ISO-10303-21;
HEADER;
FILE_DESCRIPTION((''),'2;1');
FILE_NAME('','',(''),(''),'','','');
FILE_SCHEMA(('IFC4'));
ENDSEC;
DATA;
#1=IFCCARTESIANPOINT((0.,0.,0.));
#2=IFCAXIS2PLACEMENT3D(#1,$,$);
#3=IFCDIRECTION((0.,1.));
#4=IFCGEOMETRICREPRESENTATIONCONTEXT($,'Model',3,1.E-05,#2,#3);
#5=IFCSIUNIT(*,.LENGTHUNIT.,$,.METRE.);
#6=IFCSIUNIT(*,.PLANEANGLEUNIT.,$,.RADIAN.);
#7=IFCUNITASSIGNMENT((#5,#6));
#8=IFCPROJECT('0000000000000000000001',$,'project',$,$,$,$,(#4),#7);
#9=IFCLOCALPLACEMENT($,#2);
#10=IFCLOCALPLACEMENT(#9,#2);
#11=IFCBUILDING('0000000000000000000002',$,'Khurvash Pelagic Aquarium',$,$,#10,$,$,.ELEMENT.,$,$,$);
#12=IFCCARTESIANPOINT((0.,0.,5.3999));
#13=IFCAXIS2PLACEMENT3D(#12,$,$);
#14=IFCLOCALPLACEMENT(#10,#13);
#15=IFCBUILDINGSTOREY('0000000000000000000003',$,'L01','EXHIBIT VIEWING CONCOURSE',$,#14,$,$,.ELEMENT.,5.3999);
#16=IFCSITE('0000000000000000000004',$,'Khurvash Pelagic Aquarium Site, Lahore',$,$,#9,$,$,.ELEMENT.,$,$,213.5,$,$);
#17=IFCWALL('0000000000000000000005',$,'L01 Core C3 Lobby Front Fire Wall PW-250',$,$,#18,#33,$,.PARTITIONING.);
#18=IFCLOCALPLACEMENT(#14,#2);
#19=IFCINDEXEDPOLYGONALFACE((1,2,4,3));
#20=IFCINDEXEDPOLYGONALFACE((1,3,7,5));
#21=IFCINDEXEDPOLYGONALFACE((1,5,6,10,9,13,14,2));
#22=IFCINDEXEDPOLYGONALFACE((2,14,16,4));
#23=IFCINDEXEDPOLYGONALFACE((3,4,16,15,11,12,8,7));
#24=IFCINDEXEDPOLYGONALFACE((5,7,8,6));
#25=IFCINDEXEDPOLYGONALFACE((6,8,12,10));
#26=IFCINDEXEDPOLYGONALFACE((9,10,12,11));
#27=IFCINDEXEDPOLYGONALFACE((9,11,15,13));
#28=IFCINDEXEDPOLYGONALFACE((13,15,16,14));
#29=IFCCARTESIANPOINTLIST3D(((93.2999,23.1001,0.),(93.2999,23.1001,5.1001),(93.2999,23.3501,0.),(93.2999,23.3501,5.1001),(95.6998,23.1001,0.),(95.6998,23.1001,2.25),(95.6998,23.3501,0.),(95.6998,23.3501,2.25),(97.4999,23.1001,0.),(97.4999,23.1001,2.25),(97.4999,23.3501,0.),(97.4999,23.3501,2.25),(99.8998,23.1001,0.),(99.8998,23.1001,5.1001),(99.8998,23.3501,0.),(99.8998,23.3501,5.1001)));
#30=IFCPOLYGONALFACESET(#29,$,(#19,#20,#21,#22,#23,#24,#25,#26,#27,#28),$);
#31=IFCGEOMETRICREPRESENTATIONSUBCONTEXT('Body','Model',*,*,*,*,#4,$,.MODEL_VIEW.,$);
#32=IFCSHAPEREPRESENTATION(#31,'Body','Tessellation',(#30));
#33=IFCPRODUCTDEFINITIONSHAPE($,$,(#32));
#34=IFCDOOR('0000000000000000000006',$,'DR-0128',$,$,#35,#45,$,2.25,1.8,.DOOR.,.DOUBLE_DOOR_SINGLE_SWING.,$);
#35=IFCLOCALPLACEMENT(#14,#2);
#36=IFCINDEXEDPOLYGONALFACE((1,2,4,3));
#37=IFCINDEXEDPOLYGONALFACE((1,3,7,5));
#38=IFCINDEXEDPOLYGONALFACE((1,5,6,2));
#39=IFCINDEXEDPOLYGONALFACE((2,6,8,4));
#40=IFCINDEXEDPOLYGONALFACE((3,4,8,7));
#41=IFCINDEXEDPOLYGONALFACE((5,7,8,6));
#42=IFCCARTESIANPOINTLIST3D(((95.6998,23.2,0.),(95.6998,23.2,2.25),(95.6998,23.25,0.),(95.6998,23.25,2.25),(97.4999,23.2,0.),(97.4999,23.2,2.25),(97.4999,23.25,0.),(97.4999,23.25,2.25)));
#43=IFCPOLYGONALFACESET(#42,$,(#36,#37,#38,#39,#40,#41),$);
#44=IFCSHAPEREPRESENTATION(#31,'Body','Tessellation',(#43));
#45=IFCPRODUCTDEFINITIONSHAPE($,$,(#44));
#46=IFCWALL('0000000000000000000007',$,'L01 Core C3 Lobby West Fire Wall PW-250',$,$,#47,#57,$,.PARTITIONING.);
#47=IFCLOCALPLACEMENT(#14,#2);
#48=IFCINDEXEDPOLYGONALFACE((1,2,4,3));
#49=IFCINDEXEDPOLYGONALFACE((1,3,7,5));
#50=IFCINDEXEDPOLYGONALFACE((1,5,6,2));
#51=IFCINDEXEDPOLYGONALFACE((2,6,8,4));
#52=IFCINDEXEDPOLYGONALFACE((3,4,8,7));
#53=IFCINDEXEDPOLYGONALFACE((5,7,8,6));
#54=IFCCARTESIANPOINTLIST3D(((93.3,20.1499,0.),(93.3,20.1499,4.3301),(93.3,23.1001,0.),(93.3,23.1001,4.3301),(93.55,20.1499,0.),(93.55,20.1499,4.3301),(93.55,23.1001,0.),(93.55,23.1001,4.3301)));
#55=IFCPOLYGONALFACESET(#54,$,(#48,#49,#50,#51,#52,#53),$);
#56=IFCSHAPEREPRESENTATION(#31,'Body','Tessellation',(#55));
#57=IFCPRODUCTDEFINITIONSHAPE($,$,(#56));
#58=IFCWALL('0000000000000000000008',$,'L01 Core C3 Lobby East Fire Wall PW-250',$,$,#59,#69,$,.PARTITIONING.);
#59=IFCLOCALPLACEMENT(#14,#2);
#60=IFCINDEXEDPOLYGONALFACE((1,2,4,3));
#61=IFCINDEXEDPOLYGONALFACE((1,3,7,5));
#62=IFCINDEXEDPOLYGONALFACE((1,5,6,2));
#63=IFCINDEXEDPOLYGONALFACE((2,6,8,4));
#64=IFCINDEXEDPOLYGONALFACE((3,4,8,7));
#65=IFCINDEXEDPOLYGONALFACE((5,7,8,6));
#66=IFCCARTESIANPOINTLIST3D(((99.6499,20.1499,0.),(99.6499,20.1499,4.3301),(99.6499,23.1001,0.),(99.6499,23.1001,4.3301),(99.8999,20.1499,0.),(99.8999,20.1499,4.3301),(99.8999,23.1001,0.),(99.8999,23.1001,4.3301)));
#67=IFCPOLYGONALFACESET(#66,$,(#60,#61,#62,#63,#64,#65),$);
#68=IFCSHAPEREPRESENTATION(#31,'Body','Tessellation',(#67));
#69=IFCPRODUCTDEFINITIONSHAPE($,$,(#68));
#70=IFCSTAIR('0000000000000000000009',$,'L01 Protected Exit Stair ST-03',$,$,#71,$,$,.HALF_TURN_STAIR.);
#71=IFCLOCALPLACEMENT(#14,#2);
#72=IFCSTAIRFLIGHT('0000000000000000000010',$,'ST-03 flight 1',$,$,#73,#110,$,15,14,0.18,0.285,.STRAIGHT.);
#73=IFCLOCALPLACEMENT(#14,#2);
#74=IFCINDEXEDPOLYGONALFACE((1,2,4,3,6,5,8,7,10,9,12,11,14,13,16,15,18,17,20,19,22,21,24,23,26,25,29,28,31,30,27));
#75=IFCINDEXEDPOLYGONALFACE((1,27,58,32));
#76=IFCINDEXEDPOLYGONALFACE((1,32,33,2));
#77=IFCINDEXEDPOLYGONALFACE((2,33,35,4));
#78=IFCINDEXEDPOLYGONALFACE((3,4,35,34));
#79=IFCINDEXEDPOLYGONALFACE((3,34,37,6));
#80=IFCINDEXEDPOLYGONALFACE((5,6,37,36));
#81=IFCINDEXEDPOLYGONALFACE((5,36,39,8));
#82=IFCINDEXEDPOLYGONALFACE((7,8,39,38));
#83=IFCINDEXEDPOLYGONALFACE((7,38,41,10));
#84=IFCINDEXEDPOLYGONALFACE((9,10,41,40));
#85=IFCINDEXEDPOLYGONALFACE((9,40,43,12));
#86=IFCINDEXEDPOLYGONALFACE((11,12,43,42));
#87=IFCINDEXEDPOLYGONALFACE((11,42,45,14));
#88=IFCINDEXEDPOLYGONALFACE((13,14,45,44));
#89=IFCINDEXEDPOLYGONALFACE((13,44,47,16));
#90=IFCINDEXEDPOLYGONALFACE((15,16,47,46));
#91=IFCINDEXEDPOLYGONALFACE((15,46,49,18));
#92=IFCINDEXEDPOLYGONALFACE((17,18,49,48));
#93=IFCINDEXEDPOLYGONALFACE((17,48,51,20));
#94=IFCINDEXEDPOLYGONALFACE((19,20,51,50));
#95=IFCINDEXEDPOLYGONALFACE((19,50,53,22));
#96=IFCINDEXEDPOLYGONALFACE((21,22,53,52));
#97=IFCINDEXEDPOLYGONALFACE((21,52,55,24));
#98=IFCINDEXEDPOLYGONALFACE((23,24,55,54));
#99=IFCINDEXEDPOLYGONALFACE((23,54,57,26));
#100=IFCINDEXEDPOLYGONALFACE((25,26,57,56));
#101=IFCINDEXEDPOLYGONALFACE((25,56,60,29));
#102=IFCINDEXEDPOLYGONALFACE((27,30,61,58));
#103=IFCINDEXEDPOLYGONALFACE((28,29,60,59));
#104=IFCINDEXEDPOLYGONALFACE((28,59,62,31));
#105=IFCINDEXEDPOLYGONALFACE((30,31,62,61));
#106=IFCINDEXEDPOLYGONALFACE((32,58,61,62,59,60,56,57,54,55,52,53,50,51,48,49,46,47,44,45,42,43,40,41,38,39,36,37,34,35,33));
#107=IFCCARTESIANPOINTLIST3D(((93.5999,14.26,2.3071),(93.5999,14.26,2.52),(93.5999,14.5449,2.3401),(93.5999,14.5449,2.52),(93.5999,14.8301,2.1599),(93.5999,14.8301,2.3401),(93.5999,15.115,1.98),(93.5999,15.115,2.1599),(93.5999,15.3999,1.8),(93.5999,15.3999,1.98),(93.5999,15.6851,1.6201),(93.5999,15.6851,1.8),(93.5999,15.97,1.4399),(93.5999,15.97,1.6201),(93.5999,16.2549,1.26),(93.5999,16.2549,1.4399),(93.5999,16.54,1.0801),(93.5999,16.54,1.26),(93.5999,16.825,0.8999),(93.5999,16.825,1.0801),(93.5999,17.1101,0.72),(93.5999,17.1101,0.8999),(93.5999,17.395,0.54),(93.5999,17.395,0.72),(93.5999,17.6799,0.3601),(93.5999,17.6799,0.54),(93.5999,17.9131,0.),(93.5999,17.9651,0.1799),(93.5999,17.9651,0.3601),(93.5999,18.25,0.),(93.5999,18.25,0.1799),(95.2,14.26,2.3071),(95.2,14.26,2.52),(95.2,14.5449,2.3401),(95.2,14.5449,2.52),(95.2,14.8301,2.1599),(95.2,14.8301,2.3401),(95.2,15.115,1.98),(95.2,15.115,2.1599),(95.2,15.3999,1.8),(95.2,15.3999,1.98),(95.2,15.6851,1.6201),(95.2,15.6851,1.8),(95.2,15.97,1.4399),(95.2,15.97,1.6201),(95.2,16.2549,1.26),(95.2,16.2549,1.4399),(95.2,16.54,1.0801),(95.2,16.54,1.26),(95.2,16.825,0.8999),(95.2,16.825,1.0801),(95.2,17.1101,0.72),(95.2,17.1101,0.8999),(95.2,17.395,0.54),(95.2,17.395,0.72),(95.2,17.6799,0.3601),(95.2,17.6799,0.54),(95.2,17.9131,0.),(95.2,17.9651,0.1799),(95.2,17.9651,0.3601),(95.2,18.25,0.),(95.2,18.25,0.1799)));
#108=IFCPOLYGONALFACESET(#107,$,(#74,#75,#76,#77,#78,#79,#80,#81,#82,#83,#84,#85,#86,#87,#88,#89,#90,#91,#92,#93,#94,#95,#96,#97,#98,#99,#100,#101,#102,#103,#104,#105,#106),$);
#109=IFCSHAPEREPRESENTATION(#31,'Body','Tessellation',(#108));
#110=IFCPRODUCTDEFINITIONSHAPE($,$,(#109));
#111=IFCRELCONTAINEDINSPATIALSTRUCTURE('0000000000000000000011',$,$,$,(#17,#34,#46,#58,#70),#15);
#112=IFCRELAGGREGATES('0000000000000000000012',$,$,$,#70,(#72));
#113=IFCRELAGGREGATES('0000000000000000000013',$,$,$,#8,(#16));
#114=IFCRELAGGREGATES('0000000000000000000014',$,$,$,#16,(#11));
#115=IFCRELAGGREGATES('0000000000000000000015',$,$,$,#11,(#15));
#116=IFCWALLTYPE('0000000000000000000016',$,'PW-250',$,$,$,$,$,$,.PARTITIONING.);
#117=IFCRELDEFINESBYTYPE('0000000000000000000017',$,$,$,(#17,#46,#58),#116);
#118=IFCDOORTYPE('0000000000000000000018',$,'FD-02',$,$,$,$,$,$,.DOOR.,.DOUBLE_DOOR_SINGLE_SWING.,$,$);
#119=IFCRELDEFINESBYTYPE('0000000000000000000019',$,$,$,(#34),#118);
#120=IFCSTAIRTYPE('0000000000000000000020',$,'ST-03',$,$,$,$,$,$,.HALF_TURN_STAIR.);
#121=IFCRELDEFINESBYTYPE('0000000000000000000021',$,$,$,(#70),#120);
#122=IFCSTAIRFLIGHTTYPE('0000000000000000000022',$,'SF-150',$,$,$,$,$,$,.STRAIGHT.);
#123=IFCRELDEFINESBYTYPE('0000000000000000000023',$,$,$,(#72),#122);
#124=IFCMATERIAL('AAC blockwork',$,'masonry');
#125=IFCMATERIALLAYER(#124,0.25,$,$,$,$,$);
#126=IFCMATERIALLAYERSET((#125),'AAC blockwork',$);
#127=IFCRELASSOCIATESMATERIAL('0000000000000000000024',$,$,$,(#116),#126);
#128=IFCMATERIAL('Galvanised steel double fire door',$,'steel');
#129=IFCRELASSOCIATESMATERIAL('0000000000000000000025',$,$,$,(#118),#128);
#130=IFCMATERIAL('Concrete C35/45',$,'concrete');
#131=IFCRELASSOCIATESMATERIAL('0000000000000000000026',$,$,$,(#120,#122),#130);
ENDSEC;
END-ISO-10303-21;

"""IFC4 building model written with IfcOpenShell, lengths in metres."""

from ifc_helpers import new_model, si_unit, direction, frame, frame_2d, origin, place, context, subcontext, project, spatial, polyline, rectangle, outline, extrude, material, layer, layer_set, type_object, element, fill, aggregate, save


model = new_model("IFC4")

# Units and contexts
model_context = context("Model", 3, precision=1e-05, world=origin(), true_north=direction((0.0, 1.0)))
body_context = subcontext(model_context, "Body", "Model", "MODEL_VIEW")
ifc_project = project(units=[si_unit("LENGTHUNIT", "METRE"), si_unit("PLANEANGLEUNIT", "RADIAN")], contexts=[model_context])

# Site, building, storey
site_placement = place(None, origin())
site = spatial("IfcSite", under=ifc_project, at=site_placement, Name="Khurvash Pelagic Aquarium Site, Lahore", CompositionType="ELEMENT", RefElevation=213.5)
building_placement = place(site_placement, origin())
building = spatial("IfcBuilding", under=site, at=building_placement, Name="Khurvash Pelagic Aquarium", CompositionType="ELEMENT")
storey_placement = place(building_placement, frame((0.0, 0.0, 5.3999)))
storey = spatial("IfcBuildingStorey", under=building, at=storey_placement, Name="L01", Description="EXHIBIT VIEWING CONCOURSE", CompositionType="ELEMENT", Elevation=5.3999)

# Shared definitions
ifc_material_1 = material(Name="Concrete C35/45", Category="concrete")

# Wall, opening, door
ifc_material_2 = material(Name="AAC blockwork", Category="masonry")
ifc_layer_1 = layer(ifc_material_2, 0.25)
ifc_layer_set_1 = layer_set([ifc_layer_1], Name="AAC blockwork")
wall_type_1 = type_object("IfcWallType", Name="PW-250", PredefinedType="PARTITIONING", material=ifc_layer_set_1)
wall_1_placement = place(storey_placement, frame((93.3, 23.2251, 0.0), z_axis=(0.0, 0.0, 1.0), x_axis=(1.0, 0.0, 0.0)))
wall_1 = element("IfcWall", 1, at=wall_1_placement, inside=storey, type_object=wall_type_1, Name="L01 Core C3 Lobby Front Fire Wall PW-250", PredefinedType="PARTITIONING", context=body_context, shape_type="SweptSolid", body=[
    extrude(rectangle(XDim=6.5999, YDim=0.25, at=frame_2d((3.2998, 0.0))), origin(), (0.0, 0.0, 1.0), 5.1001),
])
opening_1_placement = place(wall_1_placement, frame((2.3999, 0.0, 0.0)))
opening_1 = element("IfcOpeningElement", 2, at=opening_1_placement, cuts=wall_1, PredefinedType="OPENING", context=body_context, shape_type="SweptSolid", body=[
    extrude(rectangle(XDim=1.8, YDim=2.25, at=frame_2d((0.8999, 1.125))), frame((0.0, 0.135, 0.0), z_axis=(0.0, -1.0, 0.0), x_axis=(1.0, 0.0, 0.0)), (0.0, 0.0, 1.0), 0.27),
])
ifc_material_3 = material(Name="Galvanised steel double fire door", Category="steel")
door_type_1 = type_object("IfcDoorType", Name="FD-02", OperationType="DOUBLE_DOOR_SINGLE_SWING", PredefinedType="DOOR", material=ifc_material_3)
door_1_placement = place(opening_1_placement, origin())
door_1 = element("IfcDoor", 3, at=door_1_placement, inside=storey, type_object=door_type_1, Name="DR-0128", OperationType="DOUBLE_DOOR_SINGLE_SWING", OverallHeight=2.25, OverallWidth=1.8, PredefinedType="DOOR", context=body_context, shape_type="SweptSolid", body=[
    extrude(rectangle(XDim=1.8, YDim=2.25, at=frame_2d((0.8999, 1.125))), frame((0.0, 0.0249, 0.0), z_axis=(0.0, -1.0, 0.0), x_axis=(1.0, 0.0, 0.0)), (0.0, 0.0, 1.0), 0.05),
])
fill(opening_1, door_1)

# Walls
for number, where, z_axis, x_axis, name in (
    (4, (93.425, 20.1499, 0.0), (0.0, 0.0, 1.0), (0.0, 1.0, 0.0), "L01 Core C3 Lobby West Fire Wall PW-250"),
    (5, (99.7749, 20.1499, 0.0), (0.0, 0.0, 1.0), (0.0, 1.0, 0.0), "L01 Core C3 Lobby East Fire Wall PW-250"),
):
    element("IfcWall", number, at=place(storey_placement, frame(where, z_axis=z_axis, x_axis=x_axis)), inside=storey, type_object=wall_type_1, Name=name, PredefinedType="PARTITIONING", context=body_context, shape_type="SweptSolid", body=[
        extrude(rectangle(XDim=2.9502, YDim=0.25, at=frame_2d((1.4751, 0.0))), origin(), (0.0, 0.0, 1.0), 4.3301),
    ])

# Stair, stair flight
stair_type = type_object("IfcStairType", Name="ST-03", PredefinedType="HALF_TURN_STAIR", material=ifc_material_1)
stair_placement = place(storey_placement, origin())
stair = element("IfcStair", 6, at=stair_placement, inside=storey, type_object=stair_type, Name="L01 Protected Exit Stair ST-03", PredefinedType="HALF_TURN_STAIR")
stair_flight_type = type_object("IfcStairFlightType", Name="SF-150", PredefinedType="STRAIGHT", material=ifc_material_1)
stair_flight_placement = place(storey_placement, frame((94.3999, 18.25, 0.0), z_axis=(0.0, 0.0, 1.0), x_axis=(0.0, -1.0, 0.0)))
stair_flight = element("IfcStairFlight", 7, at=stair_flight_placement, type_object=stair_flight_type, Name="ST-03 flight 1", NumberOfRisers=15, NumberOfTreads=14, PredefinedType="STRAIGHT", RiserHeight=0.18, TreadLength=0.285, context=body_context, shape_type="SweptSolid", body=[
    extrude(outline(polyline([(0.0, 0.0), (0.0, 0.1799), (0.2849, 0.1799), (0.2849, 0.3601), (0.5701, 0.3601), (0.5701, 0.54), (0.855, 0.54), (0.855, 0.72), (1.1399, 0.72), (1.1399, 0.8999), (1.425, 0.8999), (1.425, 1.0801), (1.71, 1.0801), (1.71, 1.26), (1.9951, 1.26), (1.9951, 1.4399), (2.28, 1.4399), (2.28, 1.6201), (2.5649, 1.6201), (2.5649, 1.8), (2.8501, 1.8), (2.8501, 1.98), (3.135, 1.98), (3.135, 2.1599), (3.4199, 2.1599), (3.4199, 2.3401), (3.7051, 2.3401), (3.7051, 2.52), (3.99, 2.52), (3.99, 2.7), (3.99, 2.3071), (0.3369, 0.0), (0.0, 0.0)])), frame((0.0, 0.8, 0.0), z_axis=(0.0, -1.0, 0.0), x_axis=(1.0, 0.0, 0.0)), (0.0, 0.0, 1.0), 1.6001),
])
aggregate(stair, [stair_flight])

save(model, "model.ifc")
